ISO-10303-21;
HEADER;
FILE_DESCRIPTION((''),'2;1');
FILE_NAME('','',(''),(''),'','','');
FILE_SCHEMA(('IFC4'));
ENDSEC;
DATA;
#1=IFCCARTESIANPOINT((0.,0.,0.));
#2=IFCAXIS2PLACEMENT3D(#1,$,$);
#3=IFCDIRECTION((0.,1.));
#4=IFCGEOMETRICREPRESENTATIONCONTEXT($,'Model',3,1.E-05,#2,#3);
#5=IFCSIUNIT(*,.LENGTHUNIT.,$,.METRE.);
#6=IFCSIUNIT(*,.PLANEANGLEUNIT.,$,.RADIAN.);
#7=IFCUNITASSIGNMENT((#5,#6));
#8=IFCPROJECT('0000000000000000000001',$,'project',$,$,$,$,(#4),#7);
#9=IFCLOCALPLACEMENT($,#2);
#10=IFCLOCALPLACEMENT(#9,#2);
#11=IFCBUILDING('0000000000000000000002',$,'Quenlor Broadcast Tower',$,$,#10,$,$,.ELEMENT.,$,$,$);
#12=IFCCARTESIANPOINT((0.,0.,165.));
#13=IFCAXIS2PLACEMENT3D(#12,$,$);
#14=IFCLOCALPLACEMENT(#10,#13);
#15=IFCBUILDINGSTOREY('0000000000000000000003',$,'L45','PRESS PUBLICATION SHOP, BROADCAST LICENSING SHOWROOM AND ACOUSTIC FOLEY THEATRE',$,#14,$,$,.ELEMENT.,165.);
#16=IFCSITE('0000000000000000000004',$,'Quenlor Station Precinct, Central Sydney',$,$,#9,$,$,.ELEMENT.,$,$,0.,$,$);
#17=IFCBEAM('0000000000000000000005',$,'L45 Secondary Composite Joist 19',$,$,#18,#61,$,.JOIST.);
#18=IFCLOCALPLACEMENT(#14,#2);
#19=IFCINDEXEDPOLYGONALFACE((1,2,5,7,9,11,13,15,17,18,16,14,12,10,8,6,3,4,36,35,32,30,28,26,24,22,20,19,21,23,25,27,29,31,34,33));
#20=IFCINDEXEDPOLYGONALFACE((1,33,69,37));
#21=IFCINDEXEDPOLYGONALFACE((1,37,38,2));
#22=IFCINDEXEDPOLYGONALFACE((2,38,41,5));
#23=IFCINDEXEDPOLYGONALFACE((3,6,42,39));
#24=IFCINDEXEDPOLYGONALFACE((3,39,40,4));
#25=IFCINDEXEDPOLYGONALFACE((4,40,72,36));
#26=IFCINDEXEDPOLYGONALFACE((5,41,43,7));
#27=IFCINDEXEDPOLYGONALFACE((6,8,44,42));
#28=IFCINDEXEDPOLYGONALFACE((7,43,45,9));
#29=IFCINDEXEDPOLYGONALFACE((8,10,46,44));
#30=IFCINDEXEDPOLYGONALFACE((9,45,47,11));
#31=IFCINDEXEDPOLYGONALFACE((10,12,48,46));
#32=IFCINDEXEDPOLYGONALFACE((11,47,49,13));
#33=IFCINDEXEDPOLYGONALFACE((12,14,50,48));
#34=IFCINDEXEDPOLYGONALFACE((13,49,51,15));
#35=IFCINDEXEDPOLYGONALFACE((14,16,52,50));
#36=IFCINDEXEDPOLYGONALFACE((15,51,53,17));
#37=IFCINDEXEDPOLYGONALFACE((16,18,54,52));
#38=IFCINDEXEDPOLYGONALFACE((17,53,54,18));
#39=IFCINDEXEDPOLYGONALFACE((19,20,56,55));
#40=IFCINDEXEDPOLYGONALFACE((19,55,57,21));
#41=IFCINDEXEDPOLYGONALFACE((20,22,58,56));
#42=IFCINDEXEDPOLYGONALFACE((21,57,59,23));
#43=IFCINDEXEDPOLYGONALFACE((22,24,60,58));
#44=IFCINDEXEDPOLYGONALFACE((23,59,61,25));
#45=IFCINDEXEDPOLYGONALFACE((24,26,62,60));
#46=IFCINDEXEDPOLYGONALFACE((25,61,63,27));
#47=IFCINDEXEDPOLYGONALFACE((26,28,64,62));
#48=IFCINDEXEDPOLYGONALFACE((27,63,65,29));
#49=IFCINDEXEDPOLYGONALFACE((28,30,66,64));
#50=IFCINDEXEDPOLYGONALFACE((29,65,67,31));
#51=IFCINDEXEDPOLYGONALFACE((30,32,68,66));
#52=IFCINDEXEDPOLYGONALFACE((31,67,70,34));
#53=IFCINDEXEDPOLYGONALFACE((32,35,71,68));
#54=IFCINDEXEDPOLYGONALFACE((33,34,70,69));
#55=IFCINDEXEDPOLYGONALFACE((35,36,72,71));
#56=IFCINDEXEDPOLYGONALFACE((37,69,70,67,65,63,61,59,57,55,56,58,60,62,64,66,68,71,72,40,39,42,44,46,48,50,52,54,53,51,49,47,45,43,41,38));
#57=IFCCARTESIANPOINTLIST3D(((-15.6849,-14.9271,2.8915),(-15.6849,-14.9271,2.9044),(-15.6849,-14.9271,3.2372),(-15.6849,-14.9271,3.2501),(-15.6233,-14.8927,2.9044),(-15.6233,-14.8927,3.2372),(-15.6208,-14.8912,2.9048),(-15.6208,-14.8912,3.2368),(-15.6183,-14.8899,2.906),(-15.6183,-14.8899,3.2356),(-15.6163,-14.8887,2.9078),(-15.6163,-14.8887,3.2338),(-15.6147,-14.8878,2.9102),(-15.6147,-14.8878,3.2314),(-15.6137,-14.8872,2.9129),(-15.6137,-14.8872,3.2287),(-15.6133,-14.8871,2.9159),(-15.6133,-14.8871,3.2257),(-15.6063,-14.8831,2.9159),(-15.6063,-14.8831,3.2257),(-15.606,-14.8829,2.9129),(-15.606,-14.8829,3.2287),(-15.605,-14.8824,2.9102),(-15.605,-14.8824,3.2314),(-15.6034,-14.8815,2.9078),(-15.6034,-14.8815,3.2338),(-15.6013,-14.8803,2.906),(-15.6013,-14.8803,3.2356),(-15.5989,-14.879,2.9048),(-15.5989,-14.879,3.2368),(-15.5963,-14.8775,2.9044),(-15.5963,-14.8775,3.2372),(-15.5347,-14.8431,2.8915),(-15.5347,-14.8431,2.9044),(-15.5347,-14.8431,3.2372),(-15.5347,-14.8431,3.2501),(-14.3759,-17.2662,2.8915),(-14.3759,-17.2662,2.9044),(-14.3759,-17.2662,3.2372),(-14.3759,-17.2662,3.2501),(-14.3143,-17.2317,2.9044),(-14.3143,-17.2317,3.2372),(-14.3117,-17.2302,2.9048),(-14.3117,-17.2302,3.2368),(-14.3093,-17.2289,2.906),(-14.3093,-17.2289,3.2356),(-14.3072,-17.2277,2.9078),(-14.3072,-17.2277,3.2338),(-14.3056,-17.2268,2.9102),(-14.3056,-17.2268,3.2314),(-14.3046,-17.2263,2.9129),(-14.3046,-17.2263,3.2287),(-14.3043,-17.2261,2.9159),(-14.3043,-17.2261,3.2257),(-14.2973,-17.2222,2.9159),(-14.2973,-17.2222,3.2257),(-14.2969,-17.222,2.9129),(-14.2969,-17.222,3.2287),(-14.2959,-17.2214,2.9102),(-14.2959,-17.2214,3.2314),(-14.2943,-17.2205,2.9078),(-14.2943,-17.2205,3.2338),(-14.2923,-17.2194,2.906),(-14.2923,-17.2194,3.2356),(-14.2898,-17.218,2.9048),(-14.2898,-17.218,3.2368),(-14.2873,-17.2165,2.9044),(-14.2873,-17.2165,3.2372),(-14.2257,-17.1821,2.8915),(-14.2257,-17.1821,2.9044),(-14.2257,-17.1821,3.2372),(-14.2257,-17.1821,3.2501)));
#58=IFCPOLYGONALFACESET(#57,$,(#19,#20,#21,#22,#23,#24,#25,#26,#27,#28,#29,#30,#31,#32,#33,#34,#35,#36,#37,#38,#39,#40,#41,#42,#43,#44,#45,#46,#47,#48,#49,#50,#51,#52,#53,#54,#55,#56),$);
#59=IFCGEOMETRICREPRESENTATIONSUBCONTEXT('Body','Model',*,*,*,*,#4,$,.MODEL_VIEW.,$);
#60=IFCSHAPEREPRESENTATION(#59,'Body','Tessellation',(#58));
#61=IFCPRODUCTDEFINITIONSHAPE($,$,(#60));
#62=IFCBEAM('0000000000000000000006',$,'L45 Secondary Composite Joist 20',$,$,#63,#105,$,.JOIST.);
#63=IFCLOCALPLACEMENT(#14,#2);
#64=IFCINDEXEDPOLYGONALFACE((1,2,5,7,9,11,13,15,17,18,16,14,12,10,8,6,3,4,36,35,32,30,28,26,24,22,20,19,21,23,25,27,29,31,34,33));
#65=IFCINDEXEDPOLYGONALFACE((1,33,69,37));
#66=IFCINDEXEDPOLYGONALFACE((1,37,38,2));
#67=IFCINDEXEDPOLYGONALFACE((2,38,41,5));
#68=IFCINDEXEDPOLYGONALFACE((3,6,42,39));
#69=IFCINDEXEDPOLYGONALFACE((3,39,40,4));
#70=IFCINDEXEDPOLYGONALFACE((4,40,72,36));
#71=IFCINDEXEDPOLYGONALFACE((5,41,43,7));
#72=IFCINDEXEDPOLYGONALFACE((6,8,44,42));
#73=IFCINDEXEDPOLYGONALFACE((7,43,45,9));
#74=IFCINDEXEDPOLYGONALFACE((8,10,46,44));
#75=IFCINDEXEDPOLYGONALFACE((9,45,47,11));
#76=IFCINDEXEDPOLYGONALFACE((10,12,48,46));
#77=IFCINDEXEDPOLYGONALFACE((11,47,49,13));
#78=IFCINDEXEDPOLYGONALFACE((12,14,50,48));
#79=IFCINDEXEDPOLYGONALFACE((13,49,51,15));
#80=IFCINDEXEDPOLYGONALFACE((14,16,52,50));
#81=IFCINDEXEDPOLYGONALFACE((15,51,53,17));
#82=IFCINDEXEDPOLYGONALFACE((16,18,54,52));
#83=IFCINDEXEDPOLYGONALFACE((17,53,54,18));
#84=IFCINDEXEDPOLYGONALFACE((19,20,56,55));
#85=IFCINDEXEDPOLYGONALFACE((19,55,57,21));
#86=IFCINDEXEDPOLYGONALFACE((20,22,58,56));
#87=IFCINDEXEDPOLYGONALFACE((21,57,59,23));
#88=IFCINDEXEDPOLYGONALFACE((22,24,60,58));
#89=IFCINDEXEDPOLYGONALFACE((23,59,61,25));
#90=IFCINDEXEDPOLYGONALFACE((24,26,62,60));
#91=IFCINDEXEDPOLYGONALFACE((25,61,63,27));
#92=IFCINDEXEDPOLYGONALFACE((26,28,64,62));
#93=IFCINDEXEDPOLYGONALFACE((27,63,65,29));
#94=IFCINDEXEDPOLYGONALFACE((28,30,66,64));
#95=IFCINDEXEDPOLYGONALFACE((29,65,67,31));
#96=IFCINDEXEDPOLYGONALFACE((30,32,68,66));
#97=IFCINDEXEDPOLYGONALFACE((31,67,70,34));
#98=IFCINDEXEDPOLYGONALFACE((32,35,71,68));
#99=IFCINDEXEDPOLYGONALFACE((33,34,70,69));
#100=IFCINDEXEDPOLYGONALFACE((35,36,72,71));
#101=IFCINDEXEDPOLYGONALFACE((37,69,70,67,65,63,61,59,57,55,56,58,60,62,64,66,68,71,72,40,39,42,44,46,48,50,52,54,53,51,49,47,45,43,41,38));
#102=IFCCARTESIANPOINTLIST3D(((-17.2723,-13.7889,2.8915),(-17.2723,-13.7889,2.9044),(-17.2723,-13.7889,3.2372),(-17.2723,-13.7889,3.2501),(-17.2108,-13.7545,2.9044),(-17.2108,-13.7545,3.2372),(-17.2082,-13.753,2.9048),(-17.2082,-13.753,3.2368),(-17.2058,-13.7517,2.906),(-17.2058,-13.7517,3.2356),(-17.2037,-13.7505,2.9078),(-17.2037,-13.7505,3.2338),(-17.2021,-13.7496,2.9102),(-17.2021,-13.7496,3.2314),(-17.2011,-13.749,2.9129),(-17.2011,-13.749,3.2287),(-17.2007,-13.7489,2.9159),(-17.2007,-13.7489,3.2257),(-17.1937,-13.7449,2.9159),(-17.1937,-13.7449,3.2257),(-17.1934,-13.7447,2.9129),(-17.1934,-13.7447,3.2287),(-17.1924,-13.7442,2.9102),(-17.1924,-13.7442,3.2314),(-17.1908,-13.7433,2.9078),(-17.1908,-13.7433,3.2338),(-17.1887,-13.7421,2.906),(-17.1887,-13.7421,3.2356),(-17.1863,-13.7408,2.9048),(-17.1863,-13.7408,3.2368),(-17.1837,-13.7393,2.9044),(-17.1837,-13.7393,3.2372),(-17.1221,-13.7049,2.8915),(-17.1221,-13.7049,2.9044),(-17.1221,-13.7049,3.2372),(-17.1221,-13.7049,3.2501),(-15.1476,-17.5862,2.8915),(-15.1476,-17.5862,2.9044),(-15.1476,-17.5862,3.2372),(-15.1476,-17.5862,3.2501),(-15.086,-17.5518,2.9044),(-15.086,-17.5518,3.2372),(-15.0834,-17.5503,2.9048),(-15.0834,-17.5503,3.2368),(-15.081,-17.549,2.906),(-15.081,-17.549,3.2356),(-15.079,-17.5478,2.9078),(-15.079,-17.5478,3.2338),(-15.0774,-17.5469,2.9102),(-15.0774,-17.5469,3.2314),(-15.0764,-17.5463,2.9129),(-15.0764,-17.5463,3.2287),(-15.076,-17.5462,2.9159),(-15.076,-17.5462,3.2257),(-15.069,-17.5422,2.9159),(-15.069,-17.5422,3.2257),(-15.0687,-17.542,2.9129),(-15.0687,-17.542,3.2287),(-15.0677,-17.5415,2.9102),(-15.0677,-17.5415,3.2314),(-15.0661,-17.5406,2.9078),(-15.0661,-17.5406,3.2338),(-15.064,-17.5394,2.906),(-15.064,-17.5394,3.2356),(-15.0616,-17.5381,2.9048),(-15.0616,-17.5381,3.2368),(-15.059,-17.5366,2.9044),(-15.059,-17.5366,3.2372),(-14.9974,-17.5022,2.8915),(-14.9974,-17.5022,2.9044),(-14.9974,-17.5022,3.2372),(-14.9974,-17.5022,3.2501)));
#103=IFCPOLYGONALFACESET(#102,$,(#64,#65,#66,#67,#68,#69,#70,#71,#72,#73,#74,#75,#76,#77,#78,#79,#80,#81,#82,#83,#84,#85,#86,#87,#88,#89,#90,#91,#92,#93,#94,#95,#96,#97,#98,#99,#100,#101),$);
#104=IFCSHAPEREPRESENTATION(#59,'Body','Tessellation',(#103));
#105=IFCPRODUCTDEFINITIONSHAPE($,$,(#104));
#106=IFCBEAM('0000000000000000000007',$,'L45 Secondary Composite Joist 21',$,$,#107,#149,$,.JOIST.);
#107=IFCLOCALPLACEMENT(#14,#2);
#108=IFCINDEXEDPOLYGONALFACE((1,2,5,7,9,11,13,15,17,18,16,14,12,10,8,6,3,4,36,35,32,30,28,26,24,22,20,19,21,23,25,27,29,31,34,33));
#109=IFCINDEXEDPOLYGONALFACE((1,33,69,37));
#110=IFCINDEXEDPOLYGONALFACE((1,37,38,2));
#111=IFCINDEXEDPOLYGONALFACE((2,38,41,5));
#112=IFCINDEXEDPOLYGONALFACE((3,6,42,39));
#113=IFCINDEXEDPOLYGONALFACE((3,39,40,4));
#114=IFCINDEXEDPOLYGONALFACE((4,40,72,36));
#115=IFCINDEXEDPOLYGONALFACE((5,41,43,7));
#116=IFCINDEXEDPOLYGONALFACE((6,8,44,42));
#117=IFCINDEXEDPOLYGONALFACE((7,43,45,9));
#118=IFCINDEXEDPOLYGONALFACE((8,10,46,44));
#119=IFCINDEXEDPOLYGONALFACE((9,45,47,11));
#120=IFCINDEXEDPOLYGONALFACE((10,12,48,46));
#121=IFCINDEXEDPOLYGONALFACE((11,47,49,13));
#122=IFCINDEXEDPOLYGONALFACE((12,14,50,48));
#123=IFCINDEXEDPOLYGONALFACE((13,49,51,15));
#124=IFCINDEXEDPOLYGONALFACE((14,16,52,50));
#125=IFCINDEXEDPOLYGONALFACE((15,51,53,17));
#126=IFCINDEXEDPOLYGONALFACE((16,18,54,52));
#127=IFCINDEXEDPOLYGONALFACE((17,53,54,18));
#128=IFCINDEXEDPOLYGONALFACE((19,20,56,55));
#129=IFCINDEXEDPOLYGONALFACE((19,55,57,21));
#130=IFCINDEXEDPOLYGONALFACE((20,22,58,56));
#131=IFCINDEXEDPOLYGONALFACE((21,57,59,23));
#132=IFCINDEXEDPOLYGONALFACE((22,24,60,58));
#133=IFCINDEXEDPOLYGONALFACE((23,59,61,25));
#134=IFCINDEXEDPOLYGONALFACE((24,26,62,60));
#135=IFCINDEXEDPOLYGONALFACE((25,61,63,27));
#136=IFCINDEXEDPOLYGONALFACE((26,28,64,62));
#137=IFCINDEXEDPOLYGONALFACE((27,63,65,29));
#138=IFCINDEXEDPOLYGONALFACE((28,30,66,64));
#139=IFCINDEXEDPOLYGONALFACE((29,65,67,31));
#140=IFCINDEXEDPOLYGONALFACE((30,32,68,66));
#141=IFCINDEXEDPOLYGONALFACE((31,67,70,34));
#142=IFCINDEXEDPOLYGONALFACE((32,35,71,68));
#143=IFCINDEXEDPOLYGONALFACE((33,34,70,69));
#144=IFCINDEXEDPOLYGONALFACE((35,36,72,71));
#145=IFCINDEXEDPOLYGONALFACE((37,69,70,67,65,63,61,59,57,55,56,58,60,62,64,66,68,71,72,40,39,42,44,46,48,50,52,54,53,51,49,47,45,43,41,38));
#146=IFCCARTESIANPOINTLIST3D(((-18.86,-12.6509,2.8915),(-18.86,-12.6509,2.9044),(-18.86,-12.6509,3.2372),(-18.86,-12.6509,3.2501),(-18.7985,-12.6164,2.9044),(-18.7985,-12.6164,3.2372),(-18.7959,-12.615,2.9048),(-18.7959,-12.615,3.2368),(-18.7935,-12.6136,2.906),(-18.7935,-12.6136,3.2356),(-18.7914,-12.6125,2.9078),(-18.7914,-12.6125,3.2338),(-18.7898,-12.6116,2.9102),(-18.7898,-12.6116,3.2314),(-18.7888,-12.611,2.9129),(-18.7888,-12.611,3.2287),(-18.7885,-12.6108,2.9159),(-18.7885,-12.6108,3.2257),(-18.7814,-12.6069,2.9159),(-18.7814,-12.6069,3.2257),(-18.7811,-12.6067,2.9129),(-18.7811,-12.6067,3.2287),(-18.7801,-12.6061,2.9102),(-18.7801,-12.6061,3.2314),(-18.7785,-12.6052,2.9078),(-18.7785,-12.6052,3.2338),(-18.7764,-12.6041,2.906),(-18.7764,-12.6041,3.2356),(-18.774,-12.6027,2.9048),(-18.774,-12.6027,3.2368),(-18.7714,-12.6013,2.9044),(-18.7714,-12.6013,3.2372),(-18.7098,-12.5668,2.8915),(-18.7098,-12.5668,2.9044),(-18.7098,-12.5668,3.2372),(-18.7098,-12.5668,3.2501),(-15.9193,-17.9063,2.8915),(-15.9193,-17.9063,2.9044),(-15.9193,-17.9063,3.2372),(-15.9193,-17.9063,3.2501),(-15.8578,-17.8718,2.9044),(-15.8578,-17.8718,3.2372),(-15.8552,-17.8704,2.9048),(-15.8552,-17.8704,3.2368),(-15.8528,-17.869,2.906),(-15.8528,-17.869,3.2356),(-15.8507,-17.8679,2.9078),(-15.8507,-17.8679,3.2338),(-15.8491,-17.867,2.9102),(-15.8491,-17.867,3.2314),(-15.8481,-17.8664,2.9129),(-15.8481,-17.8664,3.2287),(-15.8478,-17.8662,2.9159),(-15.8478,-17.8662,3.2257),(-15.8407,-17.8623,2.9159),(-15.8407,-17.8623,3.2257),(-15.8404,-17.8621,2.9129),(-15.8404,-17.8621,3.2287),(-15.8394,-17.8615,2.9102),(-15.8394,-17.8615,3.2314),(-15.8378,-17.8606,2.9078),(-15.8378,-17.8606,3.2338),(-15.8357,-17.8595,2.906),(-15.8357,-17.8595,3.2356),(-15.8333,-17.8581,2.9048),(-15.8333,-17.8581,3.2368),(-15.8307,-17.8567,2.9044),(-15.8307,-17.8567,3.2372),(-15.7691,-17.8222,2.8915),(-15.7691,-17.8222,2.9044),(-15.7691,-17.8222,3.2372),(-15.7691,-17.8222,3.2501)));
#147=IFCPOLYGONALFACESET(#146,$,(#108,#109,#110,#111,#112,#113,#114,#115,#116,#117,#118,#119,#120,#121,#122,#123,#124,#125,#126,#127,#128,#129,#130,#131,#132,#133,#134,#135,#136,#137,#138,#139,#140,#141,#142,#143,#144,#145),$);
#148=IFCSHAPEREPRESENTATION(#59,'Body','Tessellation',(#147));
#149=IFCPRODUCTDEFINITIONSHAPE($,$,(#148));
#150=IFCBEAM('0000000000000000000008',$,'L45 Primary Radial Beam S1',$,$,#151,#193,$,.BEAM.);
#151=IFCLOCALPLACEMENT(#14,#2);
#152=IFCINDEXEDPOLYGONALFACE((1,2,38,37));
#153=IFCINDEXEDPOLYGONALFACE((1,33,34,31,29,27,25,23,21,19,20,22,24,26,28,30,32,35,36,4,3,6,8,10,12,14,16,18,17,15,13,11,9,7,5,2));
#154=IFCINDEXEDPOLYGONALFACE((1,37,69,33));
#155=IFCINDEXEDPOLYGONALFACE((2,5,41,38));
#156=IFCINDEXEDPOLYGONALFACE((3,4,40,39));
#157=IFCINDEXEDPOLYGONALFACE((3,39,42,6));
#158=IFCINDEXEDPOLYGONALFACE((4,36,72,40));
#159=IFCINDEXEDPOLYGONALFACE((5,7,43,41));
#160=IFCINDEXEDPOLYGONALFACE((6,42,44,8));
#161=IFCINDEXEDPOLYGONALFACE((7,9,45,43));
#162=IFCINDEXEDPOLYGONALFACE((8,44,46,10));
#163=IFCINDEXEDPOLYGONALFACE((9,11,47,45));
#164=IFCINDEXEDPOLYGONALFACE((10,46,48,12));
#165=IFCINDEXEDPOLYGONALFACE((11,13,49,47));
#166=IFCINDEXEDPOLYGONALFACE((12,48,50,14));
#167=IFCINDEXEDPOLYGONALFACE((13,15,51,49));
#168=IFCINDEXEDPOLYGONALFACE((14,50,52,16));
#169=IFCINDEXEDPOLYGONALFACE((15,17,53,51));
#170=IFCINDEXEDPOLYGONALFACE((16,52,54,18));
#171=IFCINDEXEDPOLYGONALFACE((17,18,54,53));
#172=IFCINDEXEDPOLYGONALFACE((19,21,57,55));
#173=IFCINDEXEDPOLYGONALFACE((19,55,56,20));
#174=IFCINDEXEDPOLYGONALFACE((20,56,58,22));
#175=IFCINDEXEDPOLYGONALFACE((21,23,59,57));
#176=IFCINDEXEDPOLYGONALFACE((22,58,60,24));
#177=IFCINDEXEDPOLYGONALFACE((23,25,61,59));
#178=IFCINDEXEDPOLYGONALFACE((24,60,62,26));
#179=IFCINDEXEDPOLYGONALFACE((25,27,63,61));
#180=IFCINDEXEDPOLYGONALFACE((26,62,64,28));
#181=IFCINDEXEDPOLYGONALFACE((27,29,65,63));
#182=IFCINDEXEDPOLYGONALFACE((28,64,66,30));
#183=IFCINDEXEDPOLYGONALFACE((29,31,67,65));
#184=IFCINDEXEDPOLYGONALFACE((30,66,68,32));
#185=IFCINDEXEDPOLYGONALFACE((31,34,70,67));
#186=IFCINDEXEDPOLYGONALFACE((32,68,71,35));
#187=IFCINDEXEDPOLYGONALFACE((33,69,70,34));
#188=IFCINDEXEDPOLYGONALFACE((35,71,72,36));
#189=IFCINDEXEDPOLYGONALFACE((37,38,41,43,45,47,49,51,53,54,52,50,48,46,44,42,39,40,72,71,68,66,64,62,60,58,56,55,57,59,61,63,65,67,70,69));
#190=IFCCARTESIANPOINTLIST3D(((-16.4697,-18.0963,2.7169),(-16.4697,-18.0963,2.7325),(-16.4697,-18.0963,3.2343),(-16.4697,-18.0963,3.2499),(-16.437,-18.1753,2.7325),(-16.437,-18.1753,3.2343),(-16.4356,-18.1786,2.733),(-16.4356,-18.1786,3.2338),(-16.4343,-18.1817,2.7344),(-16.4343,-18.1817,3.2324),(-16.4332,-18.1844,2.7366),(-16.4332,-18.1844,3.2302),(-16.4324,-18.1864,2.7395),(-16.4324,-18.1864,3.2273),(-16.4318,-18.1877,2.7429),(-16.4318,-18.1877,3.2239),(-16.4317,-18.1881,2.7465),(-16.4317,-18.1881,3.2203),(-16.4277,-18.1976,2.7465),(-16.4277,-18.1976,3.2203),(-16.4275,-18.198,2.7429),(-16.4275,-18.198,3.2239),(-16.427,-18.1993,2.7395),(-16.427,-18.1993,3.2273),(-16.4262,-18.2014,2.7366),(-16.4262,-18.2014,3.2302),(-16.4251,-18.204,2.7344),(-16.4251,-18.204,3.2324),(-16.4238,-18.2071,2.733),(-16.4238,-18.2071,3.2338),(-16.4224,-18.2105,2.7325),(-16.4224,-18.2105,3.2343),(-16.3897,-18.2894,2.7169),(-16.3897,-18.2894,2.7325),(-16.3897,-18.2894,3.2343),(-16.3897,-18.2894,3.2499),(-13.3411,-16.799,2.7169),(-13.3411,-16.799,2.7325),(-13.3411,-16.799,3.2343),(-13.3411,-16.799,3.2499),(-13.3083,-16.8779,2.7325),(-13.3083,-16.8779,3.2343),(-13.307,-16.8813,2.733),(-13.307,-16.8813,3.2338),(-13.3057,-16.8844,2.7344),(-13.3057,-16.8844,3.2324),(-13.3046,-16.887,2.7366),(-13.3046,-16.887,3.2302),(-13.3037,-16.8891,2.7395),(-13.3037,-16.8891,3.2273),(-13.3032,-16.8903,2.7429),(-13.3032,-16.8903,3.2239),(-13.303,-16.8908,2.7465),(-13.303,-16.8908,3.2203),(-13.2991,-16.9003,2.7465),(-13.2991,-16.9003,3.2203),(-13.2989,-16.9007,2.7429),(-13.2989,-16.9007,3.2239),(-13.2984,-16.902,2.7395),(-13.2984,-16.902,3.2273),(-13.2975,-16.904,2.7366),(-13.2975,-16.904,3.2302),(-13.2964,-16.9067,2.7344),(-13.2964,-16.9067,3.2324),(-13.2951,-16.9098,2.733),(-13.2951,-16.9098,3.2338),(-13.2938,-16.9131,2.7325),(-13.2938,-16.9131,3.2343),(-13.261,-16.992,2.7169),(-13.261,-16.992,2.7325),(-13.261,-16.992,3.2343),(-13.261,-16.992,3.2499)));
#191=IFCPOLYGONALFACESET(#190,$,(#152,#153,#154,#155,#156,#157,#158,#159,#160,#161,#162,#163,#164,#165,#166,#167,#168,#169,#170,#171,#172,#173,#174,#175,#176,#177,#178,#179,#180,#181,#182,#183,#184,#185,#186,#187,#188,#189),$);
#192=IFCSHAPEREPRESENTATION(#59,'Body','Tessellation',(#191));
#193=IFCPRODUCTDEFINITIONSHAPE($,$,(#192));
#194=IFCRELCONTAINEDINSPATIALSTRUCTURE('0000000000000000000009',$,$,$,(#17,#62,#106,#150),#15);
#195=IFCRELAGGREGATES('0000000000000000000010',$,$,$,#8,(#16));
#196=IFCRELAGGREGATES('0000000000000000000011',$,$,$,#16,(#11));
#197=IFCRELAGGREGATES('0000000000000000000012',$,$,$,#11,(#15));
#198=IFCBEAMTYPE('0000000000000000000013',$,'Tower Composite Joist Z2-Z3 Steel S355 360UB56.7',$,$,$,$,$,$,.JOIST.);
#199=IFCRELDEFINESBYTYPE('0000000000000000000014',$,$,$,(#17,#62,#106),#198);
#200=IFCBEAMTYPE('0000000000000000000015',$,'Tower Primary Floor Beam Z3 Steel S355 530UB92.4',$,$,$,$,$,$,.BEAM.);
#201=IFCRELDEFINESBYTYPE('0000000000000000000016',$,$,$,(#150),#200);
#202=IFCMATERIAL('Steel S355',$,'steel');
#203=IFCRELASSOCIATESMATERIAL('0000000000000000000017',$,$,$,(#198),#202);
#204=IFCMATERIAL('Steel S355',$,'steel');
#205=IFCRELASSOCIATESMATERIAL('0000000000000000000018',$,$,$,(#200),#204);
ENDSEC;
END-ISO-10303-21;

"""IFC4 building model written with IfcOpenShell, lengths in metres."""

from ifc_helpers import new_model, si_unit, direction, frame, origin, origin_2d, place, context, subcontext, project, spatial, i_section, extrude, material, material_profile, profile_set, type_object, element, save


model = new_model("IFC4")

# Units and contexts
model_context = context("Model", 3, precision=1e-05, world=origin(), true_north=direction((0.0, 1.0)))
body_context = subcontext(model_context, "Body", "Model", "MODEL_VIEW")
ifc_project = project(units=[si_unit("LENGTHUNIT", "METRE"), si_unit("PLANEANGLEUNIT", "RADIAN")], contexts=[model_context])

# Site, building, storey
site_placement = place(None, origin())
site = spatial("IfcSite", under=ifc_project, at=site_placement, Name="Quenlor Station Precinct, Central Sydney", CompositionType="ELEMENT", RefElevation=0.0)
building_placement = place(site_placement, origin())
building = spatial("IfcBuilding", under=site, at=building_placement, Name="Quenlor Broadcast Tower", CompositionType="ELEMENT")
storey_placement = place(building_placement, frame((0.0, 0.0, 165.0)))
storey = spatial("IfcBuildingStorey", under=building, at=storey_placement, Name="L45", Description="PRESS PUBLICATION SHOP, BROADCAST LICENSING SHOWROOM AND ACOUSTIC FOLEY THEATRE", CompositionType="ELEMENT", Elevation=165.0)

# Beams
ifc_material_1 = material(Name="Steel S355", Category="steel")
ifc_material_profile_1 = material_profile(ifc_material_1, i_section(OverallWidth=0.1721, OverallDepth=0.3586, WebThickness=0.0081, FlangeThickness=0.0129, FilletRadius=0.0115, at=origin_2d()))
ifc_profile_set_1 = profile_set([ifc_material_profile_1], Name="Steel S355 360UB56.7")
beam_type_1 = type_object("IfcBeamType", Name="Tower Composite Joist Z2-Z3 Steel S355 360UB56.7", PredefinedType="JOIST", material=ifc_profile_set_1)
beam_1_placement = place(storey_placement, frame((-14.3008, -17.2241, 3.0708), z_axis=(-0.48837, 0.872636, 0.0), x_axis=(-0.872636, -0.48837, 0.0)))
element("IfcBeam", 1, at=beam_1_placement, inside=storey, type_object=beam_type_1, Name="L45 Secondary Composite Joist 19", PredefinedType="JOIST", context=body_context, shape_type="SweptSolid", body=[
    extrude(i_section(OverallWidth=0.1721, OverallDepth=0.3586, WebThickness=0.0081, FlangeThickness=0.0129, FilletRadius=0.0115, at=origin_2d()), origin(), (0.0, 0.0, 1.0), 2.6804),
])
beam_2_placement = place(storey_placement, frame((-15.0725, -17.5442, 3.0708), z_axis=(-0.488294, 0.872679, 0.0), x_axis=(-0.872679, -0.488294, 0.0)))
element("IfcBeam", 2, at=beam_2_placement, inside=storey, type_object=beam_type_1, Name="L45 Secondary Composite Joist 20", PredefinedType="JOIST", context=body_context, shape_type="SweptSolid", body=[
    extrude(i_section(OverallWidth=0.1721, OverallDepth=0.3586, WebThickness=0.0081, FlangeThickness=0.0129, FilletRadius=0.0115, at=origin_2d()), origin(), (0.0, 0.0, 1.0), 4.3513),
])
beam_3_placement = place(storey_placement, frame((-15.8442, -17.8643, 3.0708), z_axis=(-0.488308, 0.872671, 0.0), x_axis=(-0.872671, -0.488308, 0.0)))
element("IfcBeam", 3, at=beam_3_placement, inside=storey, type_object=beam_type_1, Name="L45 Secondary Composite Joist 21", PredefinedType="JOIST", context=body_context, shape_type="SweptSolid", body=[
    extrude(i_section(OverallWidth=0.1721, OverallDepth=0.3586, WebThickness=0.0081, FlangeThickness=0.0129, FilletRadius=0.0115, at=origin_2d()), origin(), (0.0, 0.0, 1.0), 6.0222),
])
ifc_material_2 = material(Name="Steel S355", Category="steel")
ifc_material_profile_2 = material_profile(ifc_material_2, i_section(OverallWidth=0.209, OverallDepth=0.533, WebThickness=0.0103, FlangeThickness=0.0156, FilletRadius=0.0139, at=origin_2d()))
ifc_profile_set_2 = profile_set([ifc_material_profile_2], Name="Steel S355 530UB92.4")
beam_type_2 = type_object("IfcBeamType", Name="Tower Primary Floor Beam Z3 Steel S355 530UB92.4", PredefinedType="BEAM", material=ifc_profile_set_2)
beam_4_placement = place(storey_placement, frame((-16.4297, -18.1929, 2.9834), z_axis=(0.92373, 0.383044, 0.0), x_axis=(-0.383044, 0.92373, 0.0)))
element("IfcBeam", 4, at=beam_4_placement, inside=storey, type_object=beam_type_2, Name="L45 Primary Radial Beam S1", PredefinedType="BEAM", context=body_context, shape_type="SweptSolid", body=[
    extrude(i_section(OverallWidth=0.209, OverallDepth=0.533, WebThickness=0.0103, FlangeThickness=0.0156, FilletRadius=0.0139, at=origin_2d()), origin(), (0.0, 0.0, 1.0), 3.387),
])

save(model, "model.ifc")
